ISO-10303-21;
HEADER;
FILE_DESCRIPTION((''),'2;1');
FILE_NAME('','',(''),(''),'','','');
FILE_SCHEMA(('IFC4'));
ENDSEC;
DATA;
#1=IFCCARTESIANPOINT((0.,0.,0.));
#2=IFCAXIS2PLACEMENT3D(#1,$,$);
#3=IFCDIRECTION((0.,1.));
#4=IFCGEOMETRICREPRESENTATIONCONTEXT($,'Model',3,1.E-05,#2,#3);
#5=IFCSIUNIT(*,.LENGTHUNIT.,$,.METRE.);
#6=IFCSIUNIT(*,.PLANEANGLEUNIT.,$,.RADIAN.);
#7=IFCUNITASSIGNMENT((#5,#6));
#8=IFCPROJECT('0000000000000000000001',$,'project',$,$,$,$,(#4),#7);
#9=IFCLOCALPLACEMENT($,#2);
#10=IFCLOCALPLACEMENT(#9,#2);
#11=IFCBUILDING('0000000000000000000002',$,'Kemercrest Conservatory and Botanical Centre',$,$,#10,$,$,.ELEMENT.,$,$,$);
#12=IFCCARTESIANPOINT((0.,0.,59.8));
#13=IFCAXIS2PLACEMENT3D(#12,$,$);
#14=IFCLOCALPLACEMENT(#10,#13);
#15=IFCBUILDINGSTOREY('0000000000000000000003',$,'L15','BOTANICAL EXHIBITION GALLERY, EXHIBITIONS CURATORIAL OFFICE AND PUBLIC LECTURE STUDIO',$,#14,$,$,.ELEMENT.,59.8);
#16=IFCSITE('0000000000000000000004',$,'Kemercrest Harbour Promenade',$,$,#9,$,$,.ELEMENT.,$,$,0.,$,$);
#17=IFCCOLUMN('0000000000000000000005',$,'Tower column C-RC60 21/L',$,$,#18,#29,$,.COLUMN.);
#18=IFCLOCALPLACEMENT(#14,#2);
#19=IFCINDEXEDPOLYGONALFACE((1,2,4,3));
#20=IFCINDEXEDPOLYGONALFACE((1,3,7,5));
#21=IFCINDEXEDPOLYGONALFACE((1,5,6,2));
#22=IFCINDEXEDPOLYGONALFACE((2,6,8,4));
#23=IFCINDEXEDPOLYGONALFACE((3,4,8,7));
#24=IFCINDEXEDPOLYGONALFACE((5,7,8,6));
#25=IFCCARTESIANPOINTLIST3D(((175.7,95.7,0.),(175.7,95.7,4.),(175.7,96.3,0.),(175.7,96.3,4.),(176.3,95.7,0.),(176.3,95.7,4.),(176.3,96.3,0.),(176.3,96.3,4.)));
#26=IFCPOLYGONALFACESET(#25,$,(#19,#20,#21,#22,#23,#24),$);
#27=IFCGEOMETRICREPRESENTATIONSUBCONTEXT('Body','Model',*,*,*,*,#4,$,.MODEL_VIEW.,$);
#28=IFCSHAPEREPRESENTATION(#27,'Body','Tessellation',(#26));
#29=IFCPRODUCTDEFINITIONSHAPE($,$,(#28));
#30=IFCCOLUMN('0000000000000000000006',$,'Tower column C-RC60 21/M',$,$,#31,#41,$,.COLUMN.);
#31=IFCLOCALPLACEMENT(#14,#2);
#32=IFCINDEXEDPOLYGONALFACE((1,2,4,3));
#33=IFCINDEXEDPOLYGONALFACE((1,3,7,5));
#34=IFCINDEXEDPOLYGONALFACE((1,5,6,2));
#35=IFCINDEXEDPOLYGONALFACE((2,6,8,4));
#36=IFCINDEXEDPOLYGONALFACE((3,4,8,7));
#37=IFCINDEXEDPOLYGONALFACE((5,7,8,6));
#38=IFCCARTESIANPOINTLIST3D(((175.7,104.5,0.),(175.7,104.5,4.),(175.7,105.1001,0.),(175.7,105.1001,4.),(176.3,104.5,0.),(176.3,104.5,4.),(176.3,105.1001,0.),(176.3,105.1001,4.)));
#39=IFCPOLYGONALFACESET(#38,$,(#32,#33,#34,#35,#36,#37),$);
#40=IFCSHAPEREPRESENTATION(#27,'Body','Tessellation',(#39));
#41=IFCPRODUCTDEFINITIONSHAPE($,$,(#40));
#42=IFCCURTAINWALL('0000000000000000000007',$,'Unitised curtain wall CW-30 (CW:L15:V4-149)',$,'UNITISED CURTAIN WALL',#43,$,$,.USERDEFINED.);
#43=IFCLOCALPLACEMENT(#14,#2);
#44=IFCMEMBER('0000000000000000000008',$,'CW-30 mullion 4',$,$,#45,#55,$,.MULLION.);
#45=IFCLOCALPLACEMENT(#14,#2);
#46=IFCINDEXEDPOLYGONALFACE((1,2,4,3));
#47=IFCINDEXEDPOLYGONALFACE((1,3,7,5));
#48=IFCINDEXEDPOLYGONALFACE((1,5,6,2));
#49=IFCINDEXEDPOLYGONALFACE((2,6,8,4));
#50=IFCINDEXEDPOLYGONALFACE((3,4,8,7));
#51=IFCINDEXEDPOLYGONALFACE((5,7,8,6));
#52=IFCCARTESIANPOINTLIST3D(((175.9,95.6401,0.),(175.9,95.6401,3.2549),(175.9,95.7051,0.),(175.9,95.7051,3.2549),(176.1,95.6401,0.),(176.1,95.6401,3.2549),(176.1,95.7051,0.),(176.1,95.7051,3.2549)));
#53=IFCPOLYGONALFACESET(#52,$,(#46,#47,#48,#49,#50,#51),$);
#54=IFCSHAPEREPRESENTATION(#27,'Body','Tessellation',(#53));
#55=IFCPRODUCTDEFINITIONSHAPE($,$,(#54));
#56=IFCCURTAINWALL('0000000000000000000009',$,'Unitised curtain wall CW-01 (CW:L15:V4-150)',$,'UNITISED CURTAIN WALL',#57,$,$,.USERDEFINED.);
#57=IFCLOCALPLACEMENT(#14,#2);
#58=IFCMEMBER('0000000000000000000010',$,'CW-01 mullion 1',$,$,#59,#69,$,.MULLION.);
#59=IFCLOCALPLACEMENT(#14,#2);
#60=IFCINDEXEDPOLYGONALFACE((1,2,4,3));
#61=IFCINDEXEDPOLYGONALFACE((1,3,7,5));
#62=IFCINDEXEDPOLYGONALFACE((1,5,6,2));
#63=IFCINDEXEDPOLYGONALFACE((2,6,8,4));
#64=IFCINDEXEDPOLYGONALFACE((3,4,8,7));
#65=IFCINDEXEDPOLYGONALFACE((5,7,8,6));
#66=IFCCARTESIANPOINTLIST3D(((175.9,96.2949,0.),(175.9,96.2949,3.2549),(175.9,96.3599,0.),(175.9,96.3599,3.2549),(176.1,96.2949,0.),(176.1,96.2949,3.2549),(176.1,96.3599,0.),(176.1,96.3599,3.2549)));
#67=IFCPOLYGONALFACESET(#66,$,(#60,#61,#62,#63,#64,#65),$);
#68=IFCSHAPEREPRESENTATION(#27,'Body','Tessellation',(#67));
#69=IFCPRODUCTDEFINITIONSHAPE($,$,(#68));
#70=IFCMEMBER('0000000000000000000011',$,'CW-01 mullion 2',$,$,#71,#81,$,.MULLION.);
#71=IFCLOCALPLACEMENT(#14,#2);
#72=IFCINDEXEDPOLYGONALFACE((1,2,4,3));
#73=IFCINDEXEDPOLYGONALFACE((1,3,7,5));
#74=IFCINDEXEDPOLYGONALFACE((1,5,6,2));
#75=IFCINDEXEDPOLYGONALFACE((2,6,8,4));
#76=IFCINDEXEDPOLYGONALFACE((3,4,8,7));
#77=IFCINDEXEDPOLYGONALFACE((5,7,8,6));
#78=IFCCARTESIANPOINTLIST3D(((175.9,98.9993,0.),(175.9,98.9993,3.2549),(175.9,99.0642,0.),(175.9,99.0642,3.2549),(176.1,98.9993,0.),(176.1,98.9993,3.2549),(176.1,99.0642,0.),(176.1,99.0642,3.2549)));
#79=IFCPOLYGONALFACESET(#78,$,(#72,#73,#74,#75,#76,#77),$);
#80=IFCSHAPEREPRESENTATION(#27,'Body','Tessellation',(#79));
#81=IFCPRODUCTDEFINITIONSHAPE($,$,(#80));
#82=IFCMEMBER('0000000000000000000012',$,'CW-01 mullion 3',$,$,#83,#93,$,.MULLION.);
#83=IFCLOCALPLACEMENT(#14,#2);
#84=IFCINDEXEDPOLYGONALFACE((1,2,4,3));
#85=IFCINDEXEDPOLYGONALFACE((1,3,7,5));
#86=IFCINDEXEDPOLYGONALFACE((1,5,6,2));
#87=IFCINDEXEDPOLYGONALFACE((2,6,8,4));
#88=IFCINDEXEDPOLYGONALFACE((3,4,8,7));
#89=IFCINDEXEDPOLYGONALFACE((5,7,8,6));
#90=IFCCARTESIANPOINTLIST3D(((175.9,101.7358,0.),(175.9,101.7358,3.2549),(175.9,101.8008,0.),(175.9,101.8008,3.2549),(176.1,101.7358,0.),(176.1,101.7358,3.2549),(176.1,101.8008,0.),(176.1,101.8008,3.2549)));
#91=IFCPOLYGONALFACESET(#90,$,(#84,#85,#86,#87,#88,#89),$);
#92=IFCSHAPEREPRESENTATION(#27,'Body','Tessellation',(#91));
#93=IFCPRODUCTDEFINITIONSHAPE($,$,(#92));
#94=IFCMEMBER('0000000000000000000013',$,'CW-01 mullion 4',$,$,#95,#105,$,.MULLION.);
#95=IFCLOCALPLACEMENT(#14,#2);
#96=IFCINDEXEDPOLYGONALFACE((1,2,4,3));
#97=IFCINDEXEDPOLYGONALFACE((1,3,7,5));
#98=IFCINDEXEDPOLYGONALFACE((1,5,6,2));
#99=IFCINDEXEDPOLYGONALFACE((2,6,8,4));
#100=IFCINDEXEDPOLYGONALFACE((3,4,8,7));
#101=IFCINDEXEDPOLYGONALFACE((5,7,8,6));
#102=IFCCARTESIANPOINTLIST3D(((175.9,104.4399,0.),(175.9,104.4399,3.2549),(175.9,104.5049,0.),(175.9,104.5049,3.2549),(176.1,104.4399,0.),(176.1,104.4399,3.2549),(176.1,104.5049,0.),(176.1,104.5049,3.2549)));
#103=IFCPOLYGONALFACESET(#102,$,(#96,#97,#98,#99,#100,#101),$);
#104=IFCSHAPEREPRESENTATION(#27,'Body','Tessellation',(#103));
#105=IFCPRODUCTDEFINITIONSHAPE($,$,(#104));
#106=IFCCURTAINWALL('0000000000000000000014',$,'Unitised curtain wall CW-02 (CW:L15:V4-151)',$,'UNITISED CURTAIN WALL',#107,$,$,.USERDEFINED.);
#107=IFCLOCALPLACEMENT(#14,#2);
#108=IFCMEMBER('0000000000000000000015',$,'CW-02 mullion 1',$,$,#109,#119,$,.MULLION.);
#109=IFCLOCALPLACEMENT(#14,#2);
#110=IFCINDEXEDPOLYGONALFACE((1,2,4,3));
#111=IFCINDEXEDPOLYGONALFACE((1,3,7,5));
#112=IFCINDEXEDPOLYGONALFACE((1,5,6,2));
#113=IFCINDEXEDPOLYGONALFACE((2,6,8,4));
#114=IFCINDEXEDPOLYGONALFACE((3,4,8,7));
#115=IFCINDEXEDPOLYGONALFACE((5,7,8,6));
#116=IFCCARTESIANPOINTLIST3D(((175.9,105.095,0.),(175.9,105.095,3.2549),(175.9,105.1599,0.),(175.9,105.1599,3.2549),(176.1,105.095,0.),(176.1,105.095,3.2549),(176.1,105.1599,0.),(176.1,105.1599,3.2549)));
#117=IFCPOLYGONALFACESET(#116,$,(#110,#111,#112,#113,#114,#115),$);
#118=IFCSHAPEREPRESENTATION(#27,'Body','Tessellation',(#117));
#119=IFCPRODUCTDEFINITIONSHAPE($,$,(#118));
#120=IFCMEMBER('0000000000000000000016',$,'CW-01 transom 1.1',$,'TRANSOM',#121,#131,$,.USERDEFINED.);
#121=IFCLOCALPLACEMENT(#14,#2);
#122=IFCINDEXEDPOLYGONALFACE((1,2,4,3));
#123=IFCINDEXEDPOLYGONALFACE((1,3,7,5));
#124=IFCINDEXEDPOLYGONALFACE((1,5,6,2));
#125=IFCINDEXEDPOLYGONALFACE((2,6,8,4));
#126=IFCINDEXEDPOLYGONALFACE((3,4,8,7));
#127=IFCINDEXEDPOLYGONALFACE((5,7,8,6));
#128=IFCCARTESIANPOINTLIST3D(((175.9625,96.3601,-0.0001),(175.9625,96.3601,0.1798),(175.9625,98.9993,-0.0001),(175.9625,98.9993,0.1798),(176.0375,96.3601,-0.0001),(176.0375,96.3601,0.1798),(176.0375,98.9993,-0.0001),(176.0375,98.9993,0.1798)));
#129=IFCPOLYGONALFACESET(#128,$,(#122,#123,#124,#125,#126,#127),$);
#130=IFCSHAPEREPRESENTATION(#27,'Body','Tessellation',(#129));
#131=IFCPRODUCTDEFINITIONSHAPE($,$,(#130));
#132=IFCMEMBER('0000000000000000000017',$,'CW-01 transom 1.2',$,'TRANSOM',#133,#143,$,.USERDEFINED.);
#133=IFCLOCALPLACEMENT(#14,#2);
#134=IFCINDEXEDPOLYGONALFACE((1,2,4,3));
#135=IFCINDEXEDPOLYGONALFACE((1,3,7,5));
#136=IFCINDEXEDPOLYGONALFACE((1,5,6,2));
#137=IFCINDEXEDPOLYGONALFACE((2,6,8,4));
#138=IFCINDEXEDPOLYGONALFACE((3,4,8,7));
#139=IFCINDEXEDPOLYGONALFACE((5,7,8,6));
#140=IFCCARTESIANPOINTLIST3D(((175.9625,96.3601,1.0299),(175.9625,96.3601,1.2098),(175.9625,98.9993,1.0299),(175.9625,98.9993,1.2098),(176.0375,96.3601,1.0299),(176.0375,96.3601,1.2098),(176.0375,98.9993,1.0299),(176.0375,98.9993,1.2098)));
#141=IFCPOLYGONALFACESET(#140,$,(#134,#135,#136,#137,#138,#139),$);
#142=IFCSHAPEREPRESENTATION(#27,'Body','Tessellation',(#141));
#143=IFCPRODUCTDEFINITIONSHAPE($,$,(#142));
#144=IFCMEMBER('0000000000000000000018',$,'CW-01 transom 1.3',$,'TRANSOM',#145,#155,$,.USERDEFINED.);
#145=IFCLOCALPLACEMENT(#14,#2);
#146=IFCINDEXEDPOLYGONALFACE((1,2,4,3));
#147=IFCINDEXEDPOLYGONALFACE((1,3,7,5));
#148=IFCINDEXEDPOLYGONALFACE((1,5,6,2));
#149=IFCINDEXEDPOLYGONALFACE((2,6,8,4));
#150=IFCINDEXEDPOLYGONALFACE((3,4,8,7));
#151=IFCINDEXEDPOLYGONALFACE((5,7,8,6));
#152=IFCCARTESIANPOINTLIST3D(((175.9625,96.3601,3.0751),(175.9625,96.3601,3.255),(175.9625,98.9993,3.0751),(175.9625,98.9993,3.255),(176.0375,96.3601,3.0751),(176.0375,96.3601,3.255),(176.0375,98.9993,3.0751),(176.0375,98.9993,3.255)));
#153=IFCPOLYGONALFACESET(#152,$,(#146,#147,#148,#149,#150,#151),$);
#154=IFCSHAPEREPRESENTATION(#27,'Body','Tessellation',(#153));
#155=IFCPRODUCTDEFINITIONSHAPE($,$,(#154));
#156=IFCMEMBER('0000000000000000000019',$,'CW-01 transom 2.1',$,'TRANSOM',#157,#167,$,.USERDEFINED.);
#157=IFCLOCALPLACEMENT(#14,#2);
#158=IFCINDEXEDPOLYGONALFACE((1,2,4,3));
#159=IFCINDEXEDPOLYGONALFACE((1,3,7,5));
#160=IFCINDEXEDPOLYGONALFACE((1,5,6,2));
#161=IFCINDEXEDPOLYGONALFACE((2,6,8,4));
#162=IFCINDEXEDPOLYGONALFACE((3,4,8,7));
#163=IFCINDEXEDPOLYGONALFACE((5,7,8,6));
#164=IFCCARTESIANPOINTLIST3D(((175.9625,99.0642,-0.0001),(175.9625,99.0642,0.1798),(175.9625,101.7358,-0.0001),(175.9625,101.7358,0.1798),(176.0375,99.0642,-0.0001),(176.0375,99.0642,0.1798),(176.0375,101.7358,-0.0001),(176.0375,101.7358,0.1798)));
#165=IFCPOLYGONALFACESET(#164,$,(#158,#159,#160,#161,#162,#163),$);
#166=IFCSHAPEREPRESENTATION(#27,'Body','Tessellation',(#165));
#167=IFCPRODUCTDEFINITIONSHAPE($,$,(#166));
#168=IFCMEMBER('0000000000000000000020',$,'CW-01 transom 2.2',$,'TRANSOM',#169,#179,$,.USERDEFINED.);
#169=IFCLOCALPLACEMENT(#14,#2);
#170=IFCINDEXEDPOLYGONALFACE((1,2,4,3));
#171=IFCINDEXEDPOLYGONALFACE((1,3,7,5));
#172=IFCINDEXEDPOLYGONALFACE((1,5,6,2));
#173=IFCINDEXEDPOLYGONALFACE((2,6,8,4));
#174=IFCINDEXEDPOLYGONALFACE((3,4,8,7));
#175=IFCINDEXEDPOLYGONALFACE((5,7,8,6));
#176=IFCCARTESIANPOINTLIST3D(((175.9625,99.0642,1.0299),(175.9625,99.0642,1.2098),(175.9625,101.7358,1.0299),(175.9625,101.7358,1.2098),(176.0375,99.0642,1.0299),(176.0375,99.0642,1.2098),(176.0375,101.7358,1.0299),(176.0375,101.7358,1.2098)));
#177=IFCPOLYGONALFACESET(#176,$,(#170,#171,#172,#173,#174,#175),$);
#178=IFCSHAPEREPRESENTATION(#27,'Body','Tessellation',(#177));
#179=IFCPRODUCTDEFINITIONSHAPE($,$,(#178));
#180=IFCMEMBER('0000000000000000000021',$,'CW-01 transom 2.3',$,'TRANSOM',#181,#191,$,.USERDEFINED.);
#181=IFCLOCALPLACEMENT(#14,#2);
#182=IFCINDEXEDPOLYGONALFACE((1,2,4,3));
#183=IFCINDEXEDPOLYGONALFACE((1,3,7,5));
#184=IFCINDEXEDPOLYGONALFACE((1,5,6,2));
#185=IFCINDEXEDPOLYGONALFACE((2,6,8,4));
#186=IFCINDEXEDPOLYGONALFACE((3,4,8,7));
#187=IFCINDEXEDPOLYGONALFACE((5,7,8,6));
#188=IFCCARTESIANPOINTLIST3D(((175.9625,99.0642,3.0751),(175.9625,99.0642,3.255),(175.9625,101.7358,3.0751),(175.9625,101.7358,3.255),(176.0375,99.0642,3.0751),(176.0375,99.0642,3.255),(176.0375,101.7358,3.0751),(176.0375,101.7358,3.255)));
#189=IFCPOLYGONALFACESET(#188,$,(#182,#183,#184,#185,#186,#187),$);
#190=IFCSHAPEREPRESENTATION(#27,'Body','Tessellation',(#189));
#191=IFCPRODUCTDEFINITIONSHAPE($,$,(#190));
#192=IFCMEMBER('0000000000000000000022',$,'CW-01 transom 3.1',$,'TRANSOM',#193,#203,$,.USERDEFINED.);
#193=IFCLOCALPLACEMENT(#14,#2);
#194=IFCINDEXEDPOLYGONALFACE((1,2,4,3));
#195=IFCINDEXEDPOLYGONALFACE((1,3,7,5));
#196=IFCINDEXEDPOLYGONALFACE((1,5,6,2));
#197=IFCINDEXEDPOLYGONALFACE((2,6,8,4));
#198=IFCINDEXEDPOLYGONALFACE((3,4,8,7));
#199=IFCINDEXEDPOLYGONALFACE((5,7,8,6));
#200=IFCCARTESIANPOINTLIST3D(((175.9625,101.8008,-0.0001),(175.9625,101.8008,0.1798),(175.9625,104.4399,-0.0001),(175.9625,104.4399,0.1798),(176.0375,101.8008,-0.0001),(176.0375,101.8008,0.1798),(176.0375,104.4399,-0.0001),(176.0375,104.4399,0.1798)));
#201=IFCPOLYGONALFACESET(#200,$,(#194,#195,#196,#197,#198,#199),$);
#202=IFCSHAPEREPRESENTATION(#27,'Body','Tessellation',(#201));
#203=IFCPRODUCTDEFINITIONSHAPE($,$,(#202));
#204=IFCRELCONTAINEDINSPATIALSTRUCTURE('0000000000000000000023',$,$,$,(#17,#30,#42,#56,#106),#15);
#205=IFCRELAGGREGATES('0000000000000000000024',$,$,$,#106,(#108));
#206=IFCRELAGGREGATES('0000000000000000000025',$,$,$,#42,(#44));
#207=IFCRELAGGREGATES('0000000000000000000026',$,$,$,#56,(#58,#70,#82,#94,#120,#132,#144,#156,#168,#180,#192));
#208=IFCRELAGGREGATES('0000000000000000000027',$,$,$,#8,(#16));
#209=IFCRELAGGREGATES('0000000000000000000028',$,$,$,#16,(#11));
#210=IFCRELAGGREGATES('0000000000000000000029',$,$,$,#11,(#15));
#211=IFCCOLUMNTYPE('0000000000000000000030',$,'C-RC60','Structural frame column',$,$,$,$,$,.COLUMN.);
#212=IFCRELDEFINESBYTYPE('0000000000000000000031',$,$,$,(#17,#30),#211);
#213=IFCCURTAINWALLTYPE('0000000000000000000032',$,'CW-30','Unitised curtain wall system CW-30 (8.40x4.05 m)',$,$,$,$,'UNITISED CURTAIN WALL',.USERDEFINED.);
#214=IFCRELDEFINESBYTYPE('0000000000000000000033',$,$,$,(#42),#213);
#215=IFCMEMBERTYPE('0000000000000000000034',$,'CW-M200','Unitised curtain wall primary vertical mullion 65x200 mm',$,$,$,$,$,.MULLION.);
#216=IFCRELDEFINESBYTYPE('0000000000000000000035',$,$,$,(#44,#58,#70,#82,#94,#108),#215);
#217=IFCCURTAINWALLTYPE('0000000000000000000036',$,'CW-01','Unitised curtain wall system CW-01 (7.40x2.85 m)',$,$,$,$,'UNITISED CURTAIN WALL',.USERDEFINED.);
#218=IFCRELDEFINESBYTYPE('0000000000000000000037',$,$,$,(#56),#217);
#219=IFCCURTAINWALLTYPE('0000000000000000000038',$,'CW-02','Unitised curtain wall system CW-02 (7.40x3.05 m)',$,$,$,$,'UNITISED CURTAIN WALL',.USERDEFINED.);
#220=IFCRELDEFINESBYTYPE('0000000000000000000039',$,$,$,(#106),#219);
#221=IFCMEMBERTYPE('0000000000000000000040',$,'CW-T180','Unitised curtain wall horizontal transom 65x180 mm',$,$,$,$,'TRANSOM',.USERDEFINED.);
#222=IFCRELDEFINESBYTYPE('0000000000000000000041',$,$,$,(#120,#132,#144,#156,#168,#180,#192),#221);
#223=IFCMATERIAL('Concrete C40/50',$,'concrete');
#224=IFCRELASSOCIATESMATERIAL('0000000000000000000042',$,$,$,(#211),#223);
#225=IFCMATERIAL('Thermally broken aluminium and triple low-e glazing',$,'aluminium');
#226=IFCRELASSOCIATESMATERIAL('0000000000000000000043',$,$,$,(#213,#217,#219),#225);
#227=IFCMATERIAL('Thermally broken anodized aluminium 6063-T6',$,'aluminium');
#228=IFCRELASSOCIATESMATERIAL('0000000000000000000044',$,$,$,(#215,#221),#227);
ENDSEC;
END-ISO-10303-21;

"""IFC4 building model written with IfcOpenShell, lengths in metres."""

from ifc_helpers import new_model, si_unit, direction, frame, origin, origin_2d, place, context, subcontext, project, spatial, rectangle, extrude, material, material_profile, profile_set, type_object, element, aggregate, save


model = new_model("IFC4")

# Units and contexts
model_context = context("Model", 3, precision=1e-05, world=origin(), true_north=direction((0.0, 1.0)))
body_context = subcontext(model_context, "Body", "Model", "MODEL_VIEW")
ifc_project = project(units=[si_unit("LENGTHUNIT", "METRE"), si_unit("PLANEANGLEUNIT", "RADIAN")], contexts=[model_context])

# Site, building, storey
site_placement = place(None, origin())
site = spatial("IfcSite", under=ifc_project, at=site_placement, Name="Kemercrest Harbour Promenade", CompositionType="ELEMENT", RefElevation=0.0)
building_placement = place(site_placement, origin())
building = spatial("IfcBuilding", under=site, at=building_placement, Name="Kemercrest Conservatory and Botanical Centre", CompositionType="ELEMENT")
storey_placement = place(building_placement, frame((0.0, 0.0, 59.8)))
storey = spatial("IfcBuildingStorey", under=building, at=storey_placement, Name="L15", Description="BOTANICAL EXHIBITION GALLERY, EXHIBITIONS CURATORIAL OFFICE AND PUBLIC LECTURE STUDIO", CompositionType="ELEMENT", Elevation=59.8)

# Columns
ifc_material_1 = material(Name="Concrete C40/50", Category="concrete")
ifc_material_profile_1 = material_profile(ifc_material_1, rectangle(XDim=0.6001, YDim=0.6001, at=origin_2d()), Name="RC 600x600")
ifc_profile_set_1 = profile_set([ifc_material_profile_1], Name="Concrete C40/50")
column_type = type_object("IfcColumnType", Name="C-RC60", Description="Structural frame column", PredefinedType="COLUMN", material=ifc_profile_set_1)
for number, where, z_axis, x_axis, name in (
    (1, (176.0, 96.0, 0.0), (0.0, 0.0, 1.0), (1.0, 0.0, 0.0), "Tower column C-RC60 21/L"),
    (2, (176.0, 104.8, 0.0), (0.0, 0.0, 1.0), (1.0, 0.0, 0.0), "Tower column C-RC60 21/M"),
):
    element("IfcColumn", number, at=place(storey_placement, frame(where, z_axis=z_axis, x_axis=x_axis)), inside=storey, type_object=column_type, Name=name, PredefinedType="COLUMN", context=body_context, shape_type="SweptSolid", body=[
        extrude(rectangle(XDim=0.6001, YDim=0.6001, at=origin_2d()), origin(), (0.0, 0.0, 1.0), 4.0),
    ])

# Curtain wall, member
ifc_material_2 = material(Name="Thermally broken aluminium and triple low-e glazing", Category="aluminium")
curtain_wall_type_1 = type_object("IfcCurtainWallType", Name="CW-30", Description="Unitised curtain wall system CW-30 (8.40x4.05 m)", ElementType="UNITISED CURTAIN WALL", PredefinedType="USERDEFINED", material=ifc_material_2)
curtain_wall_1_placement = place(storey_placement, origin())
curtain_wall_1 = element("IfcCurtainWall", 3, at=curtain_wall_1_placement, inside=storey, type_object=curtain_wall_type_1, Name="Unitised curtain wall CW-30 (CW:L15:V4-149)", ObjectType="UNITISED CURTAIN WALL", PredefinedType="USERDEFINED")
ifc_material_3 = material(Name="Thermally broken anodized aluminium 6063-T6", Category="aluminium")
ifc_material_profile_2 = material_profile(ifc_material_3, rectangle(XDim=0.2, YDim=0.0649, at=origin_2d()), Name="AL MULLION 65x200")
ifc_profile_set_2 = profile_set([ifc_material_profile_2], Name="Thermally broken anodized aluminium 6063-T6")
member_type_1 = type_object("IfcMemberType", Name="CW-M200", Description="Unitised curtain wall primary vertical mullion 65x200 mm", PredefinedType="MULLION", material=ifc_profile_set_2)
member_1_placement = place(storey_placement, frame((176.0, 95.6726, 0.0), z_axis=(0.0, 0.0, 1.0), x_axis=(-1.0, 0.0, 0.0)))
member_1 = element("IfcMember", 4, at=member_1_placement, type_object=member_type_1, Name="CW-30 mullion 4", PredefinedType="MULLION", context=body_context, shape_type="SweptSolid", body=[
    extrude(rectangle(XDim=0.2, YDim=0.0649, at=origin_2d()), origin(), (0.0, 0.0, 1.0), 3.2549),
])

# Curtain wall, members
curtain_wall_type_2 = type_object("IfcCurtainWallType", Name="CW-01", Description="Unitised curtain wall system CW-01 (7.40x2.85 m)", ElementType="UNITISED CURTAIN WALL", PredefinedType="USERDEFINED", material=ifc_material_2)
curtain_wall_2_placement = place(storey_placement, origin())
curtain_wall_2 = element("IfcCurtainWall", 5, at=curtain_wall_2_placement, inside=storey, type_object=curtain_wall_type_2, Name="Unitised curtain wall CW-01 (CW:L15:V4-150)", ObjectType="UNITISED CURTAIN WALL", PredefinedType="USERDEFINED")
member_2_placement = place(storey_placement, frame((176.0, 96.3274, 0.0), z_axis=(0.0, 0.0, 1.0), x_axis=(-1.0, 0.0, 0.0)))
member_2 = element("IfcMember", 6, at=member_2_placement, type_object=member_type_1, Name="CW-01 mullion 1", PredefinedType="MULLION", context=body_context, shape_type="SweptSolid", body=[
    extrude(rectangle(XDim=0.2, YDim=0.0649, at=origin_2d()), origin(), (0.0, 0.0, 1.0), 3.2549),
])
member_3_placement = place(storey_placement, frame((176.0, 99.0317, 0.0), z_axis=(0.0, 0.0, 1.0), x_axis=(-1.0, 0.0, 0.0)))
member_3 = element("IfcMember", 7, at=member_3_placement, type_object=member_type_1, Name="CW-01 mullion 2", PredefinedType="MULLION", context=body_context, shape_type="SweptSolid", body=[
    extrude(rectangle(XDim=0.2, YDim=0.0649, at=origin_2d()), origin(), (0.0, 0.0, 1.0), 3.2549),
])
member_4_placement = place(storey_placement, frame((176.0, 101.7683, 0.0), z_axis=(0.0, 0.0, 1.0), x_axis=(-1.0, 0.0, 0.0)))
member_4 = element("IfcMember", 8, at=member_4_placement, type_object=member_type_1, Name="CW-01 mullion 3", PredefinedType="MULLION", context=body_context, shape_type="SweptSolid", body=[
    extrude(rectangle(XDim=0.2, YDim=0.0649, at=origin_2d()), origin(), (0.0, 0.0, 1.0), 3.2549),
])
member_5_placement = place(storey_placement, frame((176.0, 104.4724, 0.0), z_axis=(0.0, 0.0, 1.0), x_axis=(-1.0, 0.0, 0.0)))
member_5 = element("IfcMember", 9, at=member_5_placement, type_object=member_type_1, Name="CW-01 mullion 4", PredefinedType="MULLION", context=body_context, shape_type="SweptSolid", body=[
    extrude(rectangle(XDim=0.2, YDim=0.0649, at=origin_2d()), origin(), (0.0, 0.0, 1.0), 3.2549),
])

# Curtain wall, member
curtain_wall_type_3 = type_object("IfcCurtainWallType", Name="CW-02", Description="Unitised curtain wall system CW-02 (7.40x3.05 m)", ElementType="UNITISED CURTAIN WALL", PredefinedType="USERDEFINED", material=ifc_material_2)
curtain_wall_3_placement = place(storey_placement, origin())
curtain_wall_3 = element("IfcCurtainWall", 10, at=curtain_wall_3_placement, inside=storey, type_object=curtain_wall_type_3, Name="Unitised curtain wall CW-02 (CW:L15:V4-151)", ObjectType="UNITISED CURTAIN WALL", PredefinedType="USERDEFINED")
member_6_placement = place(storey_placement, frame((176.0, 105.1274, 0.0), z_axis=(0.0, 0.0, 1.0), x_axis=(-1.0, 0.0, 0.0)))
member_6 = element("IfcMember", 11, at=member_6_placement, type_object=member_type_1, Name="CW-02 mullion 1", PredefinedType="MULLION", context=body_context, shape_type="SweptSolid", body=[
    extrude(rectangle(XDim=0.2, YDim=0.0649, at=origin_2d()), origin(), (0.0, 0.0, 1.0), 3.2549),
])

# Members
ifc_material_profile_3 = material_profile(ifc_material_3, rectangle(XDim=0.075, YDim=0.1799, at=origin_2d()), Name="AL TRANSOM 75x180")
ifc_profile_set_3 = profile_set([ifc_material_profile_3], Name="Thermally broken anodized aluminium 6063-T6")
member_type_2 = type_object("IfcMemberType", Name="CW-T180", Description="Unitised curtain wall horizontal transom 65x180 mm", ElementType="TRANSOM", PredefinedType="USERDEFINED", material=ifc_profile_set_3)
member_7_placement = place(storey_placement, frame((176.0, 96.3601, 0.0898), z_axis=(0.0, 1.0, 0.0), x_axis=(-1.0, 0.0, 0.0)))
member_7 = element("IfcMember", 12, at=member_7_placement, type_object=member_type_2, Name="CW-01 transom 1.1", ObjectType="TRANSOM", PredefinedType="USERDEFINED", context=body_context, shape_type="SweptSolid", body=[
    extrude(rectangle(XDim=0.075, YDim=0.1799, at=origin_2d()), origin(), (0.0, 0.0, 1.0), 2.6392),
])
member_8_placement = place(storey_placement, frame((176.0, 96.3601, 1.1199), z_axis=(0.0, 1.0, 0.0), x_axis=(-1.0, 0.0, 0.0)))
member_8 = element("IfcMember", 13, at=member_8_placement, type_object=member_type_2, Name="CW-01 transom 1.2", ObjectType="TRANSOM", PredefinedType="USERDEFINED", context=body_context, shape_type="SweptSolid", body=[
    extrude(rectangle(XDim=0.075, YDim=0.1799, at=origin_2d()), origin(), (0.0, 0.0, 1.0), 2.6392),
])
member_9_placement = place(storey_placement, frame((176.0, 96.3601, 3.165), z_axis=(0.0, 1.0, 0.0), x_axis=(-1.0, 0.0, 0.0)))
member_9 = element("IfcMember", 14, at=member_9_placement, type_object=member_type_2, Name="CW-01 transom 1.3", ObjectType="TRANSOM", PredefinedType="USERDEFINED", context=body_context, shape_type="SweptSolid", body=[
    extrude(rectangle(XDim=0.075, YDim=0.1799, at=origin_2d()), origin(), (0.0, 0.0, 1.0), 2.6392),
])
member_10_placement = place(storey_placement, frame((176.0, 99.0642, 0.0898), z_axis=(0.0, 1.0, 0.0), x_axis=(-1.0, 0.0, 0.0)))
member_10 = element("IfcMember", 15, at=member_10_placement, type_object=member_type_2, Name="CW-01 transom 2.1", ObjectType="TRANSOM", PredefinedType="USERDEFINED", context=body_context, shape_type="SweptSolid", body=[
    extrude(rectangle(XDim=0.075, YDim=0.1799, at=origin_2d()), origin(), (0.0, 0.0, 1.0), 2.6716),
])
member_11_placement = place(storey_placement, frame((176.0, 99.0642, 1.1199), z_axis=(0.0, 1.0, 0.0), x_axis=(-1.0, 0.0, 0.0)))
member_11 = element("IfcMember", 16, at=member_11_placement, type_object=member_type_2, Name="CW-01 transom 2.2", ObjectType="TRANSOM", PredefinedType="USERDEFINED", context=body_context, shape_type="SweptSolid", body=[
    extrude(rectangle(XDim=0.075, YDim=0.1799, at=origin_2d()), origin(), (0.0, 0.0, 1.0), 2.6716),
])
member_12_placement = place(storey_placement, frame((176.0, 99.0642, 3.165), z_axis=(0.0, 1.0, 0.0), x_axis=(-1.0, 0.0, 0.0)))
member_12 = element("IfcMember", 17, at=member_12_placement, type_object=member_type_2, Name="CW-01 transom 2.3", ObjectType="TRANSOM", PredefinedType="USERDEFINED", context=body_context, shape_type="SweptSolid", body=[
    extrude(rectangle(XDim=0.075, YDim=0.1799, at=origin_2d()), origin(), (0.0, 0.0, 1.0), 2.6716),
])
member_13_placement = place(storey_placement, frame((176.0, 101.8008, 0.0898), z_axis=(0.0, 1.0, 0.0), x_axis=(-1.0, 0.0, 0.0)))
member_13 = element("IfcMember", 18, at=member_13_placement, type_object=member_type_2, Name="CW-01 transom 3.1", ObjectType="TRANSOM", PredefinedType="USERDEFINED", context=body_context, shape_type="SweptSolid", body=[
    extrude(rectangle(XDim=0.075, YDim=0.1799, at=origin_2d()), origin(), (0.0, 0.0, 1.0), 2.6392),
])
aggregate(curtain_wall_3, [member_6])

aggregate(curtain_wall_1, [member_1])
aggregate(curtain_wall_2, [member_2, member_3, member_4, member_5, member_7, member_8, member_9, member_10, member_11, member_12, member_13])

save(model, "model.ifc")
